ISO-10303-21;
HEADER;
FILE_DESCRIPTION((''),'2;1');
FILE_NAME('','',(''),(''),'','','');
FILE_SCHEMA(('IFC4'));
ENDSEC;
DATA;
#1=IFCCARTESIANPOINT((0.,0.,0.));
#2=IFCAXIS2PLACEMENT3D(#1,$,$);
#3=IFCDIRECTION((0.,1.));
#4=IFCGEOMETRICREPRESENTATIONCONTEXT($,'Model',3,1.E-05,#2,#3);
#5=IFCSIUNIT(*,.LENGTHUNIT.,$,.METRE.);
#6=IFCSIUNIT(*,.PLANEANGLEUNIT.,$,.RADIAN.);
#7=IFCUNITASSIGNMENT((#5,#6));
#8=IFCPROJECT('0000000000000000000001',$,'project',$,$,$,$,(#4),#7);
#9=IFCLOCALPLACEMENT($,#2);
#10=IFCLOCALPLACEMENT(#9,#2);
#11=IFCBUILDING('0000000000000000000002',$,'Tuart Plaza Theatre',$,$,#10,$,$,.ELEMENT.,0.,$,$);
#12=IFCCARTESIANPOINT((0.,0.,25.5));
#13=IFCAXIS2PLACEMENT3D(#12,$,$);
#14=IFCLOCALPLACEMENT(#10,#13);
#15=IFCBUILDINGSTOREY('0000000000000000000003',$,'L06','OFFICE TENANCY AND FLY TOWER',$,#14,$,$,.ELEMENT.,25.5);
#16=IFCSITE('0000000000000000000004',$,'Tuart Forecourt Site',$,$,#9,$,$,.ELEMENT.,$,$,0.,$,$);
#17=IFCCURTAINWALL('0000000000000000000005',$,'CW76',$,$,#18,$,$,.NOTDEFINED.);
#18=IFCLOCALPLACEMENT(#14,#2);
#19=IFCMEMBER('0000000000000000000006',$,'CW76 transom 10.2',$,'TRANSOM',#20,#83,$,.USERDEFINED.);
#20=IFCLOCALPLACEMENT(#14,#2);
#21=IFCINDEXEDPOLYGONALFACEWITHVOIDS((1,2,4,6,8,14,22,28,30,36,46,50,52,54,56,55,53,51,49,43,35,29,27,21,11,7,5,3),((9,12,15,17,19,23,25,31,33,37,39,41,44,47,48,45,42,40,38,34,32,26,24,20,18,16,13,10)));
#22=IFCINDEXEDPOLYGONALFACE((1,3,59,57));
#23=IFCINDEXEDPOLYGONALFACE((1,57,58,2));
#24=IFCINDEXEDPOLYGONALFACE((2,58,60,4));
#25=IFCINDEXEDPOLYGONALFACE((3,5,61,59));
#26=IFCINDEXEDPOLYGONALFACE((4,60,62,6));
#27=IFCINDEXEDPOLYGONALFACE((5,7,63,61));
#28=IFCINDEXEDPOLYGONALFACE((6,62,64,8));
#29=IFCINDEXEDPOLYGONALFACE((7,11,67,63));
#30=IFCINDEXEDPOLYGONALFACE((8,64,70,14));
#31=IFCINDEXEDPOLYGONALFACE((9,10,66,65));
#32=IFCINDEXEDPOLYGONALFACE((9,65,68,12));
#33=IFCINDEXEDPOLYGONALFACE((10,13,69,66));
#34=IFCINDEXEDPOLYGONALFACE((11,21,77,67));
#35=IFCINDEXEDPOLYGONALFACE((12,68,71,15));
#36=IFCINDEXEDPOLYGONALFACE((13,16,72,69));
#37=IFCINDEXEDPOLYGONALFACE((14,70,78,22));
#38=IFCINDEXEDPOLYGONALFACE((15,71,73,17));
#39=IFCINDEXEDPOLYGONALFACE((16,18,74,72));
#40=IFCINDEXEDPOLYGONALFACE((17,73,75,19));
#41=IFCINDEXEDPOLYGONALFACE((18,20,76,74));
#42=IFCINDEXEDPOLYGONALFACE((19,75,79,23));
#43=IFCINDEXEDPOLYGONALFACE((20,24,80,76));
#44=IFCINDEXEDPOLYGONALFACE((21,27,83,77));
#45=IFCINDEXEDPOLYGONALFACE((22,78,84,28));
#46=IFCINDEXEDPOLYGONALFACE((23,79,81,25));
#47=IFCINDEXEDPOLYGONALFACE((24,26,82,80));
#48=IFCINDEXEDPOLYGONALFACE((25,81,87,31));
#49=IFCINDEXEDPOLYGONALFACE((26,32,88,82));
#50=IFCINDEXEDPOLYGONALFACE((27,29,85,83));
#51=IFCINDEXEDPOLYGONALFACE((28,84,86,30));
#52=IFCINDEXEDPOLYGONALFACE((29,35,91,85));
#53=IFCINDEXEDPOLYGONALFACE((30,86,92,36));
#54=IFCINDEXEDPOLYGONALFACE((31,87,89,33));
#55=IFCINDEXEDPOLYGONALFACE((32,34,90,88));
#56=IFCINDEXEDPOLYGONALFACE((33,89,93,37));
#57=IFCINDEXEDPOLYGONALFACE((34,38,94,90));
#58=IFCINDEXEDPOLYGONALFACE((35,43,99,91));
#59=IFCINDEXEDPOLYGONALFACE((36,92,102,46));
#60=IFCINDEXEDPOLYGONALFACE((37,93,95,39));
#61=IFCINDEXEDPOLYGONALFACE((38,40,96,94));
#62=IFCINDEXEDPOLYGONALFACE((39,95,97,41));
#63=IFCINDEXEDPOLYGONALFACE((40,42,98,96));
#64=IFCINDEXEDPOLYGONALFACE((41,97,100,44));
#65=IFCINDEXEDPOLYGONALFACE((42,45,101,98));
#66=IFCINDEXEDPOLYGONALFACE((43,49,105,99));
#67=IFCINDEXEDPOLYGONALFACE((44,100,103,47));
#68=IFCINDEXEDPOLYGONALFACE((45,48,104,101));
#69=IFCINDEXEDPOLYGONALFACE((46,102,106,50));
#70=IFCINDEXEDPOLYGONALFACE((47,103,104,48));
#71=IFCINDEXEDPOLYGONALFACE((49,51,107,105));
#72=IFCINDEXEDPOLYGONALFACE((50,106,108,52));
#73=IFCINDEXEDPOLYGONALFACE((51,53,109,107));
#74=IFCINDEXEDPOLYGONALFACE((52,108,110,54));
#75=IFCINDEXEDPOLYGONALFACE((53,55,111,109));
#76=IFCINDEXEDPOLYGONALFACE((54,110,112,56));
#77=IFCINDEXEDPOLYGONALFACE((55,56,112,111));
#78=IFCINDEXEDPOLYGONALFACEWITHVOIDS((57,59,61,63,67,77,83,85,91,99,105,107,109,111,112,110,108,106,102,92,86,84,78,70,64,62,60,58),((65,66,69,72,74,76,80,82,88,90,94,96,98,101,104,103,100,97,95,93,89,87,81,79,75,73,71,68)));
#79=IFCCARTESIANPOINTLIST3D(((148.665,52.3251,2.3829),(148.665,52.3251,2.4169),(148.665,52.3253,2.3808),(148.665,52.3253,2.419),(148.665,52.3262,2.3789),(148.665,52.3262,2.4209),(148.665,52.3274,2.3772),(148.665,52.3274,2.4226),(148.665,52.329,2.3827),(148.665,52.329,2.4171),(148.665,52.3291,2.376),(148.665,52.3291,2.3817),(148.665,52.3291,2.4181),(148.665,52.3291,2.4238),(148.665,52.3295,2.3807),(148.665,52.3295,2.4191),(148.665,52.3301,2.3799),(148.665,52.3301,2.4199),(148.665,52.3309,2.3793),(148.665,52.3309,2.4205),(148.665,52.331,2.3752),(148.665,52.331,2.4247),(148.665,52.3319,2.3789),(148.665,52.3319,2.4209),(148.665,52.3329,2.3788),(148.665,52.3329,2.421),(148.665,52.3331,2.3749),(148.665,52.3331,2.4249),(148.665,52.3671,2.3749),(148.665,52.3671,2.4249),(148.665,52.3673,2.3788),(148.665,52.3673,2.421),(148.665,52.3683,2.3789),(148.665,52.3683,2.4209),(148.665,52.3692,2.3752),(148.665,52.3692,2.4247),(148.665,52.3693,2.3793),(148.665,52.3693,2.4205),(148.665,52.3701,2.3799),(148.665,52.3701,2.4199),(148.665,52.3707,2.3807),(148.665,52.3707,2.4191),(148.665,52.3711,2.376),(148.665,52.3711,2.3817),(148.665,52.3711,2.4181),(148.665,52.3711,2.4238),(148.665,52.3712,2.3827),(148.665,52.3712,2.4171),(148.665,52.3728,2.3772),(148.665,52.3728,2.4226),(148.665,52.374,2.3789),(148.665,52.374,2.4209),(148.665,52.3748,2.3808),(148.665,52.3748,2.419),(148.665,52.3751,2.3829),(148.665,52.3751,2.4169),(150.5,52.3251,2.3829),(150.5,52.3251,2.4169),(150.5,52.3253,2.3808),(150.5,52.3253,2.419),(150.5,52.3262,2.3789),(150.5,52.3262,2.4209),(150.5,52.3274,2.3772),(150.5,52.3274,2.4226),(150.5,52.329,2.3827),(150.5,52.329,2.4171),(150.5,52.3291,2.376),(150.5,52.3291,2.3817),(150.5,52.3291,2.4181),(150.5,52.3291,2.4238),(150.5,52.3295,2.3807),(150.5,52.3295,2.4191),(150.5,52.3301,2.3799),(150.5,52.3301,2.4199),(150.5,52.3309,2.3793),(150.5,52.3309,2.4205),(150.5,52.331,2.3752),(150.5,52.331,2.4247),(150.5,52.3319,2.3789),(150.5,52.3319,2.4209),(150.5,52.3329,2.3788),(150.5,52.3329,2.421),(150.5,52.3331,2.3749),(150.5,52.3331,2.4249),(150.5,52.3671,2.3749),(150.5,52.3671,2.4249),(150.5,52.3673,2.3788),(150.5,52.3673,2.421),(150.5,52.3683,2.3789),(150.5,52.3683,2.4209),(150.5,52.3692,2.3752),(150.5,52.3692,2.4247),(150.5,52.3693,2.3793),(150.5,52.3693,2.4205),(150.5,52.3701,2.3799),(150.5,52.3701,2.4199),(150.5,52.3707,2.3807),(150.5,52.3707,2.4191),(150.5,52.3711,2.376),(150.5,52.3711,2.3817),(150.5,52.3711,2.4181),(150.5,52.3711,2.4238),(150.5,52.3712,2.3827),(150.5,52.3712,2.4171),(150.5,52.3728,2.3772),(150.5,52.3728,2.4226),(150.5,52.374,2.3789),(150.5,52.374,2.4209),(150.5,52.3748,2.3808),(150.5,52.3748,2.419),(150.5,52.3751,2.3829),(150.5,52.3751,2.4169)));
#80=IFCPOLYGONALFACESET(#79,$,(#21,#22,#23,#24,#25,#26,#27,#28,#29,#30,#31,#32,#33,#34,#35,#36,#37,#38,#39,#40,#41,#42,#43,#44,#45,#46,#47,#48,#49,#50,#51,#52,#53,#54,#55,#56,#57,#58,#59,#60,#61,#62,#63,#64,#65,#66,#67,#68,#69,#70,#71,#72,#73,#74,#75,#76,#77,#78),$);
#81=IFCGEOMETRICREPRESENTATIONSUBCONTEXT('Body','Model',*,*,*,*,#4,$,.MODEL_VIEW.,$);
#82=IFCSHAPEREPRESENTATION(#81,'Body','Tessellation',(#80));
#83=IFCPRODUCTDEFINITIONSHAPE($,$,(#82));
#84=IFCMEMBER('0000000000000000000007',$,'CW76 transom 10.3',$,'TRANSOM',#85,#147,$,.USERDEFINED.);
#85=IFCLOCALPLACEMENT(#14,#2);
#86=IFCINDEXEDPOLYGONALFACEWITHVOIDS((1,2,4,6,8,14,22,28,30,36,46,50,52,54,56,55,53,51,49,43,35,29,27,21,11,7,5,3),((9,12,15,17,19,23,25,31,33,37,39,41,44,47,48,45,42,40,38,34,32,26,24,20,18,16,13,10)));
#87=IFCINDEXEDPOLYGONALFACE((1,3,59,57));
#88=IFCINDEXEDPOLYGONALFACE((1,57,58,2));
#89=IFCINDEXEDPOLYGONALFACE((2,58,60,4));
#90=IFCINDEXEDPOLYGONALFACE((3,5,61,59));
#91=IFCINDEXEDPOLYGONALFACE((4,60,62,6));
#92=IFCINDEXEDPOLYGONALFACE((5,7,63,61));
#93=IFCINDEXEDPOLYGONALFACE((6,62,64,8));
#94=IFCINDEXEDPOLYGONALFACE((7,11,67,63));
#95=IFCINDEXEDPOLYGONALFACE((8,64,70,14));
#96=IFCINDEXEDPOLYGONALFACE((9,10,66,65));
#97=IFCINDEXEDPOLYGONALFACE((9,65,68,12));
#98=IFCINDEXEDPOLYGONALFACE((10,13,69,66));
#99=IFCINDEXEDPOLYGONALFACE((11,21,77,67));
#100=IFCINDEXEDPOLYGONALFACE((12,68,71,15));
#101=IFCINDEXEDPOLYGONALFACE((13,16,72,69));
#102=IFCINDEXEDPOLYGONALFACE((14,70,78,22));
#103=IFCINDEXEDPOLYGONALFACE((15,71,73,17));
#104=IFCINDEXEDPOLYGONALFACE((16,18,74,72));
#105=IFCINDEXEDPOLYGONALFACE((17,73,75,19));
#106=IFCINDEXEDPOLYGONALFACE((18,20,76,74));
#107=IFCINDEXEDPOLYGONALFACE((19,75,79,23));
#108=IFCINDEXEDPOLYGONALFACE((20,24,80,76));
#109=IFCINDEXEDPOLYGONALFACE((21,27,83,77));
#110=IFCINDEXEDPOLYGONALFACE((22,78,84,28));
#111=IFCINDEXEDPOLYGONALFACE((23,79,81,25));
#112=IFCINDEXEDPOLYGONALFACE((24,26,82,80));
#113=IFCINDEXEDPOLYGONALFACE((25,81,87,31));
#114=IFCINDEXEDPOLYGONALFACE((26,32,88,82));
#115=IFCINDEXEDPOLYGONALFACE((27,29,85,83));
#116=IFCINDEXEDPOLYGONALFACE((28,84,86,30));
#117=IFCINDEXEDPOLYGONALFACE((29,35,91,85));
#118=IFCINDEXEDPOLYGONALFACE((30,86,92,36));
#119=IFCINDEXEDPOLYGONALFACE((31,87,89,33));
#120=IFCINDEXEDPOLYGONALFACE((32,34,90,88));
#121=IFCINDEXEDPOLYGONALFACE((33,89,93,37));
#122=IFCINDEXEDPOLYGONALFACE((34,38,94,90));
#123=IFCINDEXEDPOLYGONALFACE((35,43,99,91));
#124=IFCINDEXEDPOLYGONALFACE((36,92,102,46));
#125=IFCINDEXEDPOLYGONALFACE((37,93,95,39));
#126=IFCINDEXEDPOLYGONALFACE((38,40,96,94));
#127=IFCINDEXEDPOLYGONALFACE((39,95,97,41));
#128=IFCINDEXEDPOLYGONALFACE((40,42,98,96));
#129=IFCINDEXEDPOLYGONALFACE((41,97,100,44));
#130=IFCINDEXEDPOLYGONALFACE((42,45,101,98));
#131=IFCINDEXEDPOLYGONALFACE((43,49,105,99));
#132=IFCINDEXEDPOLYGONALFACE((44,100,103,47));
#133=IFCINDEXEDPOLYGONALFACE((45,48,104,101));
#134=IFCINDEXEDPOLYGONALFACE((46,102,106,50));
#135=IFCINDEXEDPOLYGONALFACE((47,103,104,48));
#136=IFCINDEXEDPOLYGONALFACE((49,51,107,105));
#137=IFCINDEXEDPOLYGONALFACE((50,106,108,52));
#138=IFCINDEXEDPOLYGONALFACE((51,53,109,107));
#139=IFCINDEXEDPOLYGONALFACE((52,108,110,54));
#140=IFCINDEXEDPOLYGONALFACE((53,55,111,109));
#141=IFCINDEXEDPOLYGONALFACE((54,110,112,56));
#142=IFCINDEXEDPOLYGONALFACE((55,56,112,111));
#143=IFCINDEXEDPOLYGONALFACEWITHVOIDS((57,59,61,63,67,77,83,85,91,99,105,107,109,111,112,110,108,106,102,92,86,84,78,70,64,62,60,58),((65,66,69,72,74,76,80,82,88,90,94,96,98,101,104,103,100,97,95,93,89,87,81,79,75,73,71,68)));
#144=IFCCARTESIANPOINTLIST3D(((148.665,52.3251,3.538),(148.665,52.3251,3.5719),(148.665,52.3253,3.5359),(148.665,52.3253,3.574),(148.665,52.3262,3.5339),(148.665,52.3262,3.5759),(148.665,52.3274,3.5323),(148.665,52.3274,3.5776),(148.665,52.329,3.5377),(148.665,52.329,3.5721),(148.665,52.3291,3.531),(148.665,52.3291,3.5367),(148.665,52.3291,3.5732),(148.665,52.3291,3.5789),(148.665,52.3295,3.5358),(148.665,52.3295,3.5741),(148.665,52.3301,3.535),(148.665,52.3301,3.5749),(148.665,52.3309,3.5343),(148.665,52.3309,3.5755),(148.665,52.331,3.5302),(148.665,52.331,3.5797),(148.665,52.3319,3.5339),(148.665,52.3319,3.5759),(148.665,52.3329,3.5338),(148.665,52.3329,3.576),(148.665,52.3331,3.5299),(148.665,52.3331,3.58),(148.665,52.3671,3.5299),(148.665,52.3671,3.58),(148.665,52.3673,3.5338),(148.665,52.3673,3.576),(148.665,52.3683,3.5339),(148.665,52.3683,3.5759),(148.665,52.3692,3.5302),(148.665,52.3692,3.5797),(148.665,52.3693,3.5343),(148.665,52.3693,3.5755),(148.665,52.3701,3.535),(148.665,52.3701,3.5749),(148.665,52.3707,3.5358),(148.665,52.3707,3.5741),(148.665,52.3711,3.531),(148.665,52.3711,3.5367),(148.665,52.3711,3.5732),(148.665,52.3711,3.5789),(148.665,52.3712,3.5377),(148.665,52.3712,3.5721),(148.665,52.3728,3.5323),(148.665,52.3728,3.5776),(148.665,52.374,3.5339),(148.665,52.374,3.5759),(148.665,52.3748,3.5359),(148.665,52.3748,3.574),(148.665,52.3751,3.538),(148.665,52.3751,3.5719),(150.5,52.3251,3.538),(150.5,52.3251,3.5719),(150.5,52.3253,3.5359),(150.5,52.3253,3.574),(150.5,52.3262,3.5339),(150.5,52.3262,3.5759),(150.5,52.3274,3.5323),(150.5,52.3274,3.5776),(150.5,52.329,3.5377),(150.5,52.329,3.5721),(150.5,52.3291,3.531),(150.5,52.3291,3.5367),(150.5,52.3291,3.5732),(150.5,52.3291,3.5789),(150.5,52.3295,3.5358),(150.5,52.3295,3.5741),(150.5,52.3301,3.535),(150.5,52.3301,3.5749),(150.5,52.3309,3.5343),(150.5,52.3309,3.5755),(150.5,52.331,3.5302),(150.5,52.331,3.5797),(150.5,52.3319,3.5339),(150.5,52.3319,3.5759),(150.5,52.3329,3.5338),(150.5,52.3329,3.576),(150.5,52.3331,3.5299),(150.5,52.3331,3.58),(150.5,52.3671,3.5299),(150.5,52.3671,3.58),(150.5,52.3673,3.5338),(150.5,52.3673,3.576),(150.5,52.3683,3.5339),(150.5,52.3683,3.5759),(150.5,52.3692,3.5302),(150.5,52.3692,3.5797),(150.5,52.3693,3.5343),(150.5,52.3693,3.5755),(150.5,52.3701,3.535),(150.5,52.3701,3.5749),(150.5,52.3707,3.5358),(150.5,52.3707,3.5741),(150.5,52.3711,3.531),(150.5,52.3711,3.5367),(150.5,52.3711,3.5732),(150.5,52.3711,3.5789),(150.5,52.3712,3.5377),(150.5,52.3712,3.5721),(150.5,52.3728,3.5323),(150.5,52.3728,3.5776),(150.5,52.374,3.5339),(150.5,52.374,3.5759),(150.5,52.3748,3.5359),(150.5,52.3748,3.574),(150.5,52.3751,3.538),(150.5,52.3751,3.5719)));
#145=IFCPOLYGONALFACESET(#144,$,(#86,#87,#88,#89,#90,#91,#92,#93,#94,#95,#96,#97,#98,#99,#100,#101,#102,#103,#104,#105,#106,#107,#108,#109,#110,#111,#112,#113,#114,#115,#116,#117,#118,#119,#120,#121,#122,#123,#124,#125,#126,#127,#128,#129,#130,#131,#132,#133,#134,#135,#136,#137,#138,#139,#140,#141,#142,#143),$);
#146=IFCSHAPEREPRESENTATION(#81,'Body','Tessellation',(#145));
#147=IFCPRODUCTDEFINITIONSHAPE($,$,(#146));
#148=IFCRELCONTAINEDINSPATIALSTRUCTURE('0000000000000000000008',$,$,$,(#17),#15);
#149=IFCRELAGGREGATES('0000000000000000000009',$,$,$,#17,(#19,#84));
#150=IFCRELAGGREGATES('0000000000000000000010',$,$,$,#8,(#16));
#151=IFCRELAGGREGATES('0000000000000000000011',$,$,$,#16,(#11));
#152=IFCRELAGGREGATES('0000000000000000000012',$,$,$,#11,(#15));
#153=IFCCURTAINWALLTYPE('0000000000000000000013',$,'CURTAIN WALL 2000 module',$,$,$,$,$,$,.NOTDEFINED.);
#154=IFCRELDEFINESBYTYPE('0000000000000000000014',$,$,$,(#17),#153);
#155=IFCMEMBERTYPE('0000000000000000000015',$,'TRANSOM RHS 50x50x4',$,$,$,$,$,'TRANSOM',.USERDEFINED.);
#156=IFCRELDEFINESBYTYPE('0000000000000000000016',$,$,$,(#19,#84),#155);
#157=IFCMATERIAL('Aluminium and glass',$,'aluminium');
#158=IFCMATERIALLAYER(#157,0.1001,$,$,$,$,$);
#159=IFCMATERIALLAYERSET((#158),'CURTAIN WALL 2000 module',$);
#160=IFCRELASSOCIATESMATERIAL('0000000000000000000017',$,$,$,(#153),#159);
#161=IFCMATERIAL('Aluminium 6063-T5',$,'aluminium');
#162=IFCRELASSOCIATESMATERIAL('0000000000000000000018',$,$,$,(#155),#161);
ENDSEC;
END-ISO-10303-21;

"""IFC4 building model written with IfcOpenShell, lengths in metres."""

from ifc_helpers import new_model, si_unit, direction, frame, origin, origin_2d, place, context, subcontext, project, spatial, hollow_rectangle, extrude, material, layer, layer_set, material_profile, profile_set, type_object, element, aggregate, save


model = new_model("IFC4")

# Units and contexts
model_context = context("Model", 3, precision=1e-05, world=origin(), true_north=direction((0.0, 1.0)))
body_context = subcontext(model_context, "Body", "Model", "MODEL_VIEW")
ifc_project = project(units=[si_unit("LENGTHUNIT", "METRE"), si_unit("PLANEANGLEUNIT", "RADIAN")], contexts=[model_context])

# Site, building, storey
site_placement = place(None, origin())
site = spatial("IfcSite", under=ifc_project, at=site_placement, Name="Tuart Forecourt Site", CompositionType="ELEMENT", RefElevation=0.0)
building_placement = place(site_placement, origin())
building = spatial("IfcBuilding", under=site, at=building_placement, Name="Tuart Plaza Theatre", CompositionType="ELEMENT", ElevationOfRefHeight=0.0)
storey_placement = place(building_placement, frame((0.0, 0.0, 25.5)))
storey = spatial("IfcBuildingStorey", under=building, at=storey_placement, Name="L06", Description="OFFICE TENANCY AND FLY TOWER", CompositionType="ELEMENT", Elevation=25.5)

# Curtain wall
ifc_material_1 = material(Name="Aluminium and glass", Category="aluminium")
ifc_layer_1 = layer(ifc_material_1, 0.1001)
ifc_layer_set_1 = layer_set([ifc_layer_1], Name="CURTAIN WALL 2000 module")
curtain_wall_type = type_object("IfcCurtainWallType", Name="CURTAIN WALL 2000 module", PredefinedType="NOTDEFINED", material=ifc_layer_set_1)
curtain_wall_1_placement = place(storey_placement, origin())
curtain_wall_1 = element("IfcCurtainWall", 1, at=curtain_wall_1_placement, inside=storey, type_object=curtain_wall_type, Name="CW76", PredefinedType="NOTDEFINED")

# Members
ifc_material_2 = material(Name="Aluminium 6063-T5", Category="aluminium")
ifc_material_profile_1 = material_profile(ifc_material_2, hollow_rectangle(XDim=0.05, YDim=0.05, WallThickness=0.0039, InnerFilletRadius=0.0039, OuterFilletRadius=0.0081, at=origin_2d()), Name="RHS 50x50x4")
ifc_profile_set_1 = profile_set([ifc_material_profile_1], Name="Aluminium 6063-T5")
member_type_1 = type_object("IfcMemberType", Name="TRANSOM RHS 50x50x4", ElementType="TRANSOM", PredefinedType="USERDEFINED", material=ifc_profile_set_1)
member_1_placement = place(storey_placement, frame((148.665, 52.3501, 2.3999), z_axis=(1.0, 0.0, 0.0), x_axis=(0.0, 1.0, 0.0)))
member_1 = element("IfcMember", 2, at=member_1_placement, type_object=member_type_1, Name="CW76 transom 10.2", ObjectType="TRANSOM", PredefinedType="USERDEFINED", context=body_context, shape_type="SweptSolid", body=[
    extrude(hollow_rectangle(XDim=0.05, YDim=0.05, WallThickness=0.0039, InnerFilletRadius=0.0039, OuterFilletRadius=0.0081, at=origin_2d()), origin(), (0.0, 0.0, 1.0), 1.835),
])
member_2_placement = place(storey_placement, frame((148.665, 52.3501, 3.5549), z_axis=(1.0, 0.0, 0.0), x_axis=(0.0, 1.0, 0.0)))
member_2 = element("IfcMember", 3, at=member_2_placement, type_object=member_type_1, Name="CW76 transom 10.3", ObjectType="TRANSOM", PredefinedType="USERDEFINED", context=body_context, shape_type="SweptSolid", body=[
    extrude(hollow_rectangle(XDim=0.05, YDim=0.05, WallThickness=0.0039, InnerFilletRadius=0.0039, OuterFilletRadius=0.0081, at=origin_2d()), origin(), (0.0, 0.0, 1.0), 1.835),
])

aggregate(curtain_wall_1, [member_1, member_2])

save(model, "model.ifc")
